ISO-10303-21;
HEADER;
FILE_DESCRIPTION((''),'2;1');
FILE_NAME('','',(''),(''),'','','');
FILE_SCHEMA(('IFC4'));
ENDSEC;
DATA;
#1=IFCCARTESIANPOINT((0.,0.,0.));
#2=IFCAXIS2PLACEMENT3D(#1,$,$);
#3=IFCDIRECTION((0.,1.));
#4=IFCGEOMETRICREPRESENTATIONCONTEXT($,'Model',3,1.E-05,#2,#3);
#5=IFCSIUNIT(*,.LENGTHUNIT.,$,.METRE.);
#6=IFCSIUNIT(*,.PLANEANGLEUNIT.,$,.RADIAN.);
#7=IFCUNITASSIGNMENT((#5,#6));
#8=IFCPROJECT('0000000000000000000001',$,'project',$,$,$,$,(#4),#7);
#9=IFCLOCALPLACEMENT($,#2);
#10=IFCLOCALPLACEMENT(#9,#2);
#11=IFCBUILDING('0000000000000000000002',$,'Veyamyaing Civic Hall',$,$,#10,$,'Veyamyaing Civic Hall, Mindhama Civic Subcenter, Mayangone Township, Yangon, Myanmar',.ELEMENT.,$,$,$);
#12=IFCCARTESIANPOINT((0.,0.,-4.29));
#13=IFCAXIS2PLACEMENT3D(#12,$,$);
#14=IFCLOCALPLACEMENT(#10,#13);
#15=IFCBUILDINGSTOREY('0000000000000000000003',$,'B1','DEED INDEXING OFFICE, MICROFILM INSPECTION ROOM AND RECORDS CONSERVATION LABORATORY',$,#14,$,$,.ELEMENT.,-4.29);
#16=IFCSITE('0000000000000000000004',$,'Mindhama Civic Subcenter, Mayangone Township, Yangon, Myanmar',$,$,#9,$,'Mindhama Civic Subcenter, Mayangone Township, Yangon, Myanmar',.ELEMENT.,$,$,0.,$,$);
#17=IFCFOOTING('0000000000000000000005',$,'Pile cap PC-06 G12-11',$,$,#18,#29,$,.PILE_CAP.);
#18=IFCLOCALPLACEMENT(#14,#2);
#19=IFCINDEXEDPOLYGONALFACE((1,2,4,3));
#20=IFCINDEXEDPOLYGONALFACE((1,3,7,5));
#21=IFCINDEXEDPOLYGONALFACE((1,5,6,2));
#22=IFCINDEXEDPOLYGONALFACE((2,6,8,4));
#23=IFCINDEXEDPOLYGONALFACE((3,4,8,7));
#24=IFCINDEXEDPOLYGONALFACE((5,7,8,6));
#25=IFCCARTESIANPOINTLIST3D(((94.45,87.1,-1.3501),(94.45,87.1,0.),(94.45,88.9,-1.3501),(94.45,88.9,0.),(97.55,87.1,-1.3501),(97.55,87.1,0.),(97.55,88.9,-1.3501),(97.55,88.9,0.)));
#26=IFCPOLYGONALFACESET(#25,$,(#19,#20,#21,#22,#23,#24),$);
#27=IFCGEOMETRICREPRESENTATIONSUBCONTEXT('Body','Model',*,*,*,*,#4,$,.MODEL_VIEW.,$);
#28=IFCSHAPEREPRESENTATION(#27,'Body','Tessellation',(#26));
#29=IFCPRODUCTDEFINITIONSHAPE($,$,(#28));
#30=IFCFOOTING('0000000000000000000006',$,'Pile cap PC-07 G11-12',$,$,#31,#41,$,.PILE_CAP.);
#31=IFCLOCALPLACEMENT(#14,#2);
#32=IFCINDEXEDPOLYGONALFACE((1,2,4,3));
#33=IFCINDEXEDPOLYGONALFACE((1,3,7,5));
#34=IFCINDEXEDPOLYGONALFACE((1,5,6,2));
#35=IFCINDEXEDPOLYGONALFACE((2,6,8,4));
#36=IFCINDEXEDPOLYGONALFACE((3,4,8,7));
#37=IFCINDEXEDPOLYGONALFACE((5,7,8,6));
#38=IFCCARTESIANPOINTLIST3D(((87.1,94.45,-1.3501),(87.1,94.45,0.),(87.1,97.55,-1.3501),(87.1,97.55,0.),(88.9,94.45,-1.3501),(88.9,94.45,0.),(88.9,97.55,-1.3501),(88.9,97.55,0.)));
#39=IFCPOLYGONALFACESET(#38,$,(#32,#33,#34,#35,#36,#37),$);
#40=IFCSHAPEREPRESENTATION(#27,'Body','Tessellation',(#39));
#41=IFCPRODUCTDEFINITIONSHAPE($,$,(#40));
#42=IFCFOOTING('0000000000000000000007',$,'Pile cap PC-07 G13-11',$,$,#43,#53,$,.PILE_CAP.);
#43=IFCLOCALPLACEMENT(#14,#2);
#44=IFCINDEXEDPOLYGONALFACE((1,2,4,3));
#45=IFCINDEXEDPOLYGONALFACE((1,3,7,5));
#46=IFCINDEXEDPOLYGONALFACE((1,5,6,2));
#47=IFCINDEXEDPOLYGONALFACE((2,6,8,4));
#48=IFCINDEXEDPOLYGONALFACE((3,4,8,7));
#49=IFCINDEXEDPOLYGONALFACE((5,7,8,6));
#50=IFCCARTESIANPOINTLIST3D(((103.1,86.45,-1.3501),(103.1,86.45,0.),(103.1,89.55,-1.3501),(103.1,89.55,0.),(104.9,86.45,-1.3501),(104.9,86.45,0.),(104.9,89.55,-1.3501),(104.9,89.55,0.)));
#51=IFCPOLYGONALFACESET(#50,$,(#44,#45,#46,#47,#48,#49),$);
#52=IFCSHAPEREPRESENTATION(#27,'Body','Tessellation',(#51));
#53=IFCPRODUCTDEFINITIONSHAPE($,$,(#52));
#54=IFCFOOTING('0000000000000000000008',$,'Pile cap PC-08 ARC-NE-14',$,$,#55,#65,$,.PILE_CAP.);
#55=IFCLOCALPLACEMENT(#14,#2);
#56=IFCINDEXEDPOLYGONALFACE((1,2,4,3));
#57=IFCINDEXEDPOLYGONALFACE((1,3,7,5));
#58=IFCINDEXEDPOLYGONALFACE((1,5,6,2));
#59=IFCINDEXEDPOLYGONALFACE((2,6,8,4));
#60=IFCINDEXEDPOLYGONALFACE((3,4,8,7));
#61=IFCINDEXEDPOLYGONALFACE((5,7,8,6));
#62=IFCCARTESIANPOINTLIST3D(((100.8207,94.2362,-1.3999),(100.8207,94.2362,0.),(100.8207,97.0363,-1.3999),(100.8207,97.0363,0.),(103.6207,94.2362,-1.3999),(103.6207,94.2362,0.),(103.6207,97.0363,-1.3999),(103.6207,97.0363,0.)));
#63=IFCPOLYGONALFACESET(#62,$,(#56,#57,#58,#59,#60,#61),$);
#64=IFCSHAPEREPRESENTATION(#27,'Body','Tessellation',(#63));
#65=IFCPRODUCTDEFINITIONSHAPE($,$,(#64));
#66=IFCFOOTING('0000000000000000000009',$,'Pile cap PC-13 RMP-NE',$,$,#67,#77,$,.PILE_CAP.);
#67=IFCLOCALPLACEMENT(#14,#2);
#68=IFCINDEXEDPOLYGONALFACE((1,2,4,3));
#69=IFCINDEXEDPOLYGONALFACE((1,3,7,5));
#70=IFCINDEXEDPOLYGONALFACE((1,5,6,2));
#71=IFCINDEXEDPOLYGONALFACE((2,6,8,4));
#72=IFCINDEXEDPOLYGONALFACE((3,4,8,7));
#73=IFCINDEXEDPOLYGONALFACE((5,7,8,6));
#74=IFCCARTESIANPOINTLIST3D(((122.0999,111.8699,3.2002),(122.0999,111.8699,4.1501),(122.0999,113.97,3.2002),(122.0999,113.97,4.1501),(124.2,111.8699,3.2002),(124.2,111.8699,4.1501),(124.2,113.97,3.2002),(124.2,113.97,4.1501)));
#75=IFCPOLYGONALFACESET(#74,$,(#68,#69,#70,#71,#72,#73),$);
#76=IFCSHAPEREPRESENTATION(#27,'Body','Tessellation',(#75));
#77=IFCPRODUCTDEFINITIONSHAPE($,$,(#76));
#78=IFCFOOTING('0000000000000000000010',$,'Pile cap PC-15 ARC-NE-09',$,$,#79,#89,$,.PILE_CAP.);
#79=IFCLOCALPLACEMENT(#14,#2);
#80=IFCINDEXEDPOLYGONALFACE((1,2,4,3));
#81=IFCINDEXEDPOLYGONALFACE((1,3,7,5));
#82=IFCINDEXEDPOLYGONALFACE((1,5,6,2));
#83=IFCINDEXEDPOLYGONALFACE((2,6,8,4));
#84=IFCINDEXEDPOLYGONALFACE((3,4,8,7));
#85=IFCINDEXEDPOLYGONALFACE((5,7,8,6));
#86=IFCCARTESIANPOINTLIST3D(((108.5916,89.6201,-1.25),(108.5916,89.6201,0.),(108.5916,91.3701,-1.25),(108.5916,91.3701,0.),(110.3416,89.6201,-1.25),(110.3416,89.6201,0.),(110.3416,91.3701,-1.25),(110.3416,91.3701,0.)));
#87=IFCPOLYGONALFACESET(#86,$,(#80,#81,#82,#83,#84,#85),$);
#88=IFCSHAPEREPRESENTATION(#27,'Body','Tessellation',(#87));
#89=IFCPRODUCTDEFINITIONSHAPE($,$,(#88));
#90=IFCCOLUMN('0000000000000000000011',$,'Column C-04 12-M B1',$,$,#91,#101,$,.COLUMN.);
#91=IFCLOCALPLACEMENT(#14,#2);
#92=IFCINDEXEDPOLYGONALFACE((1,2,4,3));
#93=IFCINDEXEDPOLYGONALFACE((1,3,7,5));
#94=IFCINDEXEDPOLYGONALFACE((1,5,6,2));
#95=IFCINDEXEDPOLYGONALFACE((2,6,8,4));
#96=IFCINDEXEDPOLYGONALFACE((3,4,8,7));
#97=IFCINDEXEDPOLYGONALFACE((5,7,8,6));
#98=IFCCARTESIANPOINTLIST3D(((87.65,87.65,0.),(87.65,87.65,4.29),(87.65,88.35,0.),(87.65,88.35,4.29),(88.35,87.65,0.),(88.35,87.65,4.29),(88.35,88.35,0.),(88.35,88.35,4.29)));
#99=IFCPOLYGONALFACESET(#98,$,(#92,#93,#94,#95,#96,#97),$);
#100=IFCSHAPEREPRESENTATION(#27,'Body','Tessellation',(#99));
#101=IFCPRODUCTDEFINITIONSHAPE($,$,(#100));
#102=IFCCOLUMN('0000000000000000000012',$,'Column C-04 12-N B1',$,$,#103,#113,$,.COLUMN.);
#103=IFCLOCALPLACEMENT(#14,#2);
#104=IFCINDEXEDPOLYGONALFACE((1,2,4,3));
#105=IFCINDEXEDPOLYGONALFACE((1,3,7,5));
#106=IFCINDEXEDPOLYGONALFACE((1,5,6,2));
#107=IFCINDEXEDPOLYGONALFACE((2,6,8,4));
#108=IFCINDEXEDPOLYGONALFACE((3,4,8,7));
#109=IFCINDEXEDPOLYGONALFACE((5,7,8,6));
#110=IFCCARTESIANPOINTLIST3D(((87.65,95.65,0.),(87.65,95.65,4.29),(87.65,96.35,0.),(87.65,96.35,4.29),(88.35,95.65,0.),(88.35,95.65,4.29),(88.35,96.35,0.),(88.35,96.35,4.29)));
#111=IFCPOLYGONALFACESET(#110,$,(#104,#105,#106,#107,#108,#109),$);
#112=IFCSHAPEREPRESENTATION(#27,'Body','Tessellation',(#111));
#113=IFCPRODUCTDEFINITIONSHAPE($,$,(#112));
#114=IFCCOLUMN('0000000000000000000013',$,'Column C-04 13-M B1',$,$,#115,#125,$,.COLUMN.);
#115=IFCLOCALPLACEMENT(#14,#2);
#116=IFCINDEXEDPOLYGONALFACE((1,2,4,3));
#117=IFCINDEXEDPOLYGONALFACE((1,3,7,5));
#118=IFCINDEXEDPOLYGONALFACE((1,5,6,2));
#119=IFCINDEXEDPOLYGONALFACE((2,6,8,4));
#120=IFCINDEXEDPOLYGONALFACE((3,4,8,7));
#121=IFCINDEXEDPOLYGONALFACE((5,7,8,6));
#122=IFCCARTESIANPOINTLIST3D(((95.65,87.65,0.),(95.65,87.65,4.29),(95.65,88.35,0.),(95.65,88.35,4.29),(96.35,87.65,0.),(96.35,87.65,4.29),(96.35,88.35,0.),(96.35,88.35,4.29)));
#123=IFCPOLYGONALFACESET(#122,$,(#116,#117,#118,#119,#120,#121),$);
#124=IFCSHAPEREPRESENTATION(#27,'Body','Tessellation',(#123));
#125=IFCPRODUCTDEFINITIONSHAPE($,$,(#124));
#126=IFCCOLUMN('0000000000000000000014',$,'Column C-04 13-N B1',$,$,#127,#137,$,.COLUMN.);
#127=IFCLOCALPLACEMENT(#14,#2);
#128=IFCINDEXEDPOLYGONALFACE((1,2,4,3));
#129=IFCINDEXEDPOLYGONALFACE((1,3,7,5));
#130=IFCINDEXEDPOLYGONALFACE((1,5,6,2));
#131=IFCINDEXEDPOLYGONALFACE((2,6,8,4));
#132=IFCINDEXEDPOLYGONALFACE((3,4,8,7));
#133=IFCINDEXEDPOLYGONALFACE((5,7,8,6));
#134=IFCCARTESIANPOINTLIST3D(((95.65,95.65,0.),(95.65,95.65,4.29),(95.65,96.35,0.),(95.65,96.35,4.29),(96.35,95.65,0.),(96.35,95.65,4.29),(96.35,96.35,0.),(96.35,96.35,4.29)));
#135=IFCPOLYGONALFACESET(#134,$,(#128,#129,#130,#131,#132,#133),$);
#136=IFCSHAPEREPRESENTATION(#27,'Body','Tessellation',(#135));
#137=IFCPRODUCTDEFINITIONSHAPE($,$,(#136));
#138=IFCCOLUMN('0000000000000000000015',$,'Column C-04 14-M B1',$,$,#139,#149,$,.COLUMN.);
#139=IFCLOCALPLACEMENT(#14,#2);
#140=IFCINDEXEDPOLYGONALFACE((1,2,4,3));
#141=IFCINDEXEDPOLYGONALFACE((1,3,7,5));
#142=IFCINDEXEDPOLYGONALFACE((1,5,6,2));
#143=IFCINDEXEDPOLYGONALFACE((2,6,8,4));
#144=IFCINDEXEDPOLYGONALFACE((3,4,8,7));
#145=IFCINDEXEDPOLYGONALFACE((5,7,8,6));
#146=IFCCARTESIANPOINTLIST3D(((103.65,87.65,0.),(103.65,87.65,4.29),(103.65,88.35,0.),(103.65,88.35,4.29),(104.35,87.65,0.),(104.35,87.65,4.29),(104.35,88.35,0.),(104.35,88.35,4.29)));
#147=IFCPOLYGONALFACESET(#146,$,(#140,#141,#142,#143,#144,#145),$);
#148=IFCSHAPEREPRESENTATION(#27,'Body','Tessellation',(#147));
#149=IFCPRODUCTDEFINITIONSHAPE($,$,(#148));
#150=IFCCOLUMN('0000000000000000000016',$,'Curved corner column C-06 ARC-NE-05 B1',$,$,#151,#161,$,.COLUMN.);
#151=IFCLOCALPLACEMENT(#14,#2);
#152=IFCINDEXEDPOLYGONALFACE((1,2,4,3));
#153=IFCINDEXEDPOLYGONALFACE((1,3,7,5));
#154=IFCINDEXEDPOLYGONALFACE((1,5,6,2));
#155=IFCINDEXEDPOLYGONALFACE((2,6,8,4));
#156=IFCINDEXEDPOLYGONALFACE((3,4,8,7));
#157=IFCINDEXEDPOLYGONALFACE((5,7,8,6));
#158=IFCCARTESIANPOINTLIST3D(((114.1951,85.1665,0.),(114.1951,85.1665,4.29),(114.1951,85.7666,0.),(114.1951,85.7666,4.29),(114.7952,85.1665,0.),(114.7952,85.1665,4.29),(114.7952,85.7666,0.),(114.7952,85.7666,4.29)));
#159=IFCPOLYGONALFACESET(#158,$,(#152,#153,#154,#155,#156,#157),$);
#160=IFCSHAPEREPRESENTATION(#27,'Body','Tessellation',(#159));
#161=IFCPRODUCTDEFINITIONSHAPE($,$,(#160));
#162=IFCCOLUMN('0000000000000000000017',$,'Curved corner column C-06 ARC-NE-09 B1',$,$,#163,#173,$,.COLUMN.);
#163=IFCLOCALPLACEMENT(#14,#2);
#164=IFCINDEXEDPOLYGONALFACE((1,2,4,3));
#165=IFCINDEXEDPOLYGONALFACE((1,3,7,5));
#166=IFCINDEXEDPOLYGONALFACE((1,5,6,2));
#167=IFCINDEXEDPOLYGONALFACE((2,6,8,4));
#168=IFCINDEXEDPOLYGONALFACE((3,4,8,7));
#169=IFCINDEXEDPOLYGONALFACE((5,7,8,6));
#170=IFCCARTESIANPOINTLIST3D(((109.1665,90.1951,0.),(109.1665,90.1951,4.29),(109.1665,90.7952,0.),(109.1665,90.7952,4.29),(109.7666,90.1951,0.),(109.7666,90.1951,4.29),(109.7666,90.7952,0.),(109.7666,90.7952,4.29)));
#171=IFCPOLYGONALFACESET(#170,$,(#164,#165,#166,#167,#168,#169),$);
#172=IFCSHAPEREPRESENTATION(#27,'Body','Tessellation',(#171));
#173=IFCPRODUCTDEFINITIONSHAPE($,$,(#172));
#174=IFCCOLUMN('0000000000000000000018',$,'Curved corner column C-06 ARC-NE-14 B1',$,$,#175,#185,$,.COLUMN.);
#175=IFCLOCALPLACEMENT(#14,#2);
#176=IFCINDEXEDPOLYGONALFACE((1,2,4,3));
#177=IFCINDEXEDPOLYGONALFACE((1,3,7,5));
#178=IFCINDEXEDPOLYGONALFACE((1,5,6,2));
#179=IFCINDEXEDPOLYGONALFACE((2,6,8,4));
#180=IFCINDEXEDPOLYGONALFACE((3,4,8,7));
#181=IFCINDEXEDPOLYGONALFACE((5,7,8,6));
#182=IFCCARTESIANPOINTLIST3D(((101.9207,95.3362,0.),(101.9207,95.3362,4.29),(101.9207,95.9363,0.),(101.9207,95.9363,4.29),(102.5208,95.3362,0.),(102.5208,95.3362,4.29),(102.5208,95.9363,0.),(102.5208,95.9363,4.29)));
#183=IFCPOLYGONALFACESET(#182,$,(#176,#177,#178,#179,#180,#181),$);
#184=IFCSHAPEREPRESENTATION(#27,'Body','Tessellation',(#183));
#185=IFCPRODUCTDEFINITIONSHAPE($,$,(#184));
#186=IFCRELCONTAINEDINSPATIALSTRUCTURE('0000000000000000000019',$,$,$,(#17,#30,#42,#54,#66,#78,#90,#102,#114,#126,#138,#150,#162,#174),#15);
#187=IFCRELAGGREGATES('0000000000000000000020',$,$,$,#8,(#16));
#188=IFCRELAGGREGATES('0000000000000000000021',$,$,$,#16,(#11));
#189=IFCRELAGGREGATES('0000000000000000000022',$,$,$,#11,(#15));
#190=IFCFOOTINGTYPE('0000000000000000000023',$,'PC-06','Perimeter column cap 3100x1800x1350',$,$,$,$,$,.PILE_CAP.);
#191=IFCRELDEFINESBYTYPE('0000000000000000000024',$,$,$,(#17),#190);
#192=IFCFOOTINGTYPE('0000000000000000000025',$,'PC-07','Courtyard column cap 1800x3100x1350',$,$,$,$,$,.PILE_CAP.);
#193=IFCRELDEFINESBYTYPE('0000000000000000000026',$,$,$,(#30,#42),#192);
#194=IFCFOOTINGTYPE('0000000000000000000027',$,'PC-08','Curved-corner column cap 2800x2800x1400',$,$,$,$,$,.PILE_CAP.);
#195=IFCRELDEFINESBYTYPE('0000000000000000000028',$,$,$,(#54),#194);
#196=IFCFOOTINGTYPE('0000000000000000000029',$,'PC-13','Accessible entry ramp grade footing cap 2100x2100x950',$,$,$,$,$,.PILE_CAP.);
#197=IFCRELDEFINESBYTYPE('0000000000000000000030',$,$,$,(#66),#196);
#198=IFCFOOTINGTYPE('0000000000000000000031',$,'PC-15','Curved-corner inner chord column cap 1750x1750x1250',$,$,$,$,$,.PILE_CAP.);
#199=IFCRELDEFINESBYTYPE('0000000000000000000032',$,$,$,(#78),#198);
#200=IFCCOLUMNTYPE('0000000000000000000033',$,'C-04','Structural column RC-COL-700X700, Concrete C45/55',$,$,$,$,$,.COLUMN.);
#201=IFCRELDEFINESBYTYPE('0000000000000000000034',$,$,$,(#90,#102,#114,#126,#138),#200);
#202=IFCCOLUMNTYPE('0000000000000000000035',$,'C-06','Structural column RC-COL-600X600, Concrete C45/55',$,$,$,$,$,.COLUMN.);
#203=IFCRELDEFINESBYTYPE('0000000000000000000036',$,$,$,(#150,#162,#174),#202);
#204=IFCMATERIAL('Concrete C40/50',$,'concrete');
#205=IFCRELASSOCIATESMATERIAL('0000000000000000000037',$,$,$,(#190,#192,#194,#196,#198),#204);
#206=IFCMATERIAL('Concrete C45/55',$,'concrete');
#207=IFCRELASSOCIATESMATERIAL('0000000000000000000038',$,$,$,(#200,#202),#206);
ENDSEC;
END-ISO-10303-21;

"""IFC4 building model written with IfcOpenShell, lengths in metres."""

from ifc_helpers import new_model, si_unit, direction, frame, origin, origin_2d, place, context, subcontext, project, spatial, rectangle, extrude, material, material_profile, profile_set, type_object, element, save


model = new_model("IFC4")

# Units and contexts
model_context = context("Model", 3, precision=1e-05, world=origin(), true_north=direction((0.0, 1.0)))
body_context = subcontext(model_context, "Body", "Model", "MODEL_VIEW")
ifc_project = project(units=[si_unit("LENGTHUNIT", "METRE"), si_unit("PLANEANGLEUNIT", "RADIAN")], contexts=[model_context])

# Site, building, storey
site_placement = place(None, origin())
site = spatial("IfcSite", under=ifc_project, at=site_placement, Name="Mindhama Civic Subcenter, Mayangone Township, Yangon, Myanmar", LongName="Mindhama Civic Subcenter, Mayangone Township, Yangon, Myanmar", CompositionType="ELEMENT", RefElevation=0.0)
building_placement = place(site_placement, origin())
building = spatial("IfcBuilding", under=site, at=building_placement, Name="Veyamyaing Civic Hall", LongName="Veyamyaing Civic Hall, Mindhama Civic Subcenter, Mayangone Township, Yangon, Myanmar", CompositionType="ELEMENT")
storey_placement = place(building_placement, frame((0.0, 0.0, -4.29)))
storey = spatial("IfcBuildingStorey", under=building, at=storey_placement, Name="B1", Description="DEED INDEXING OFFICE, MICROFILM INSPECTION ROOM AND RECORDS CONSERVATION LABORATORY", CompositionType="ELEMENT", Elevation=-4.29)

# Shared definitions
ifc_material_1 = material(Name="Concrete C40/50", Category="concrete")

# Footings
footing_type_1 = type_object("IfcFootingType", Name="PC-06", Description="Perimeter column cap 3100x1800x1350", PredefinedType="PILE_CAP", material=ifc_material_1)
footing_1_placement = place(storey_placement, frame((96.0, 88.0, -1.3501), z_axis=(0.0, 0.0, 1.0), x_axis=(1.0, 0.0, 0.0)))
element("IfcFooting", 1, at=footing_1_placement, inside=storey, type_object=footing_type_1, Name="Pile cap PC-06 G12-11", PredefinedType="PILE_CAP", context=body_context, shape_type="SweptSolid", body=[
    extrude(rectangle(XDim=3.1001, YDim=1.8, at=origin_2d()), origin(), (0.0, 0.0, 1.0), 1.3501),
])
footing_type_2 = type_object("IfcFootingType", Name="PC-07", Description="Courtyard column cap 1800x3100x1350", PredefinedType="PILE_CAP", material=ifc_material_1)
for number, where, z_axis, x_axis, name in (
    (2, (88.0, 96.0, -1.3501), (0.0, 0.0, 1.0), (1.0, 0.0, 0.0), "Pile cap PC-07 G11-12"),
    (3, (104.0, 88.0, -1.3501), (0.0, 0.0, 1.0), (1.0, 0.0, 0.0), "Pile cap PC-07 G13-11"),
):
    element("IfcFooting", number, at=place(storey_placement, frame(where, z_axis=z_axis, x_axis=x_axis)), inside=storey, type_object=footing_type_2, Name=name, PredefinedType="PILE_CAP", context=body_context, shape_type="SweptSolid", body=[
        extrude(rectangle(XDim=1.8, YDim=3.1001, at=origin_2d()), origin(), (0.0, 0.0, 1.0), 1.3501),
    ])
footing_type_3 = type_object("IfcFootingType", Name="PC-08", Description="Curved-corner column cap 2800x2800x1400", PredefinedType="PILE_CAP", material=ifc_material_1)
footing_2_placement = place(storey_placement, frame((102.2207, 95.6362, -1.3999), z_axis=(0.0, 0.0, 1.0), x_axis=(1.0, 0.0, 0.0)))
element("IfcFooting", 4, at=footing_2_placement, inside=storey, type_object=footing_type_3, Name="Pile cap PC-08 ARC-NE-14", PredefinedType="PILE_CAP", context=body_context, shape_type="SweptSolid", body=[
    extrude(rectangle(XDim=2.8, YDim=2.8, at=origin_2d()), origin(), (0.0, 0.0, 1.0), 1.3999),
])
footing_type_4 = type_object("IfcFootingType", Name="PC-13", Description="Accessible entry ramp grade footing cap 2100x2100x950", PredefinedType="PILE_CAP", material=ifc_material_1)
footing_3_placement = place(storey_placement, frame((123.1499, 112.9199, 3.2002), z_axis=(0.0, 0.0, 1.0), x_axis=(1.0, 0.0, 0.0)))
element("IfcFooting", 5, at=footing_3_placement, inside=storey, type_object=footing_type_4, Name="Pile cap PC-13 RMP-NE", PredefinedType="PILE_CAP", context=body_context, shape_type="SweptSolid", body=[
    extrude(rectangle(XDim=2.1001, YDim=2.1001, at=origin_2d()), origin(), (0.0, 0.0, 1.0), 0.95),
])
footing_type_5 = type_object("IfcFootingType", Name="PC-15", Description="Curved-corner inner chord column cap 1750x1750x1250", PredefinedType="PILE_CAP", material=ifc_material_1)
footing_4_placement = place(storey_placement, frame((109.4666, 90.4951, -1.25), z_axis=(0.0, 0.0, 1.0), x_axis=(1.0, 0.0, 0.0)))
element("IfcFooting", 6, at=footing_4_placement, inside=storey, type_object=footing_type_5, Name="Pile cap PC-15 ARC-NE-09", PredefinedType="PILE_CAP", context=body_context, shape_type="SweptSolid", body=[
    extrude(rectangle(XDim=1.75, YDim=1.75, at=origin_2d()), origin(), (0.0, 0.0, 1.0), 1.25),
])

# Columns
ifc_material_2 = material(Name="Concrete C45/55", Category="concrete")
ifc_material_profile_1 = material_profile(ifc_material_2, rectangle(XDim=0.7, YDim=0.7, at=origin_2d()), Name="RC-COL-700X700")
ifc_profile_set_1 = profile_set([ifc_material_profile_1], Name="Concrete C45/55")
column_type_1 = type_object("IfcColumnType", Name="C-04", Description="Structural column RC-COL-700X700, Concrete C45/55", PredefinedType="COLUMN", material=ifc_profile_set_1)
for number, where, z_axis, x_axis, name in (
    (7, (88.0, 88.0, 0.0), (0.0, 0.0, 1.0), (1.0, 0.0, 0.0), "Column C-04 12-M B1"),
    (8, (88.0, 96.0, 0.0), (0.0, 0.0, 1.0), (1.0, 0.0, 0.0), "Column C-04 12-N B1"),
    (9, (96.0, 88.0, 0.0), (0.0, 0.0, 1.0), (1.0, 0.0, 0.0), "Column C-04 13-M B1"),
    (10, (96.0, 96.0, 0.0), (0.0, 0.0, 1.0), (1.0, 0.0, 0.0), "Column C-04 13-N B1"),
    (11, (104.0, 88.0, 0.0), (0.0, 0.0, 1.0), (1.0, 0.0, 0.0), "Column C-04 14-M B1"),
):
    element("IfcColumn", number, at=place(storey_placement, frame(where, z_axis=z_axis, x_axis=x_axis)), inside=storey, type_object=column_type_1, Name=name, PredefinedType="COLUMN", context=body_context, shape_type="SweptSolid", body=[
        extrude(rectangle(XDim=0.7, YDim=0.7, at=origin_2d()), origin(), (0.0, 0.0, 1.0), 4.29),
    ])
ifc_material_profile_2 = material_profile(ifc_material_2, rectangle(XDim=0.6001, YDim=0.6001, at=origin_2d()), Name="RC-COL-600X600")
ifc_profile_set_2 = profile_set([ifc_material_profile_2], Name="Concrete C45/55")
column_type_2 = type_object("IfcColumnType", Name="C-06", Description="Structural column RC-COL-600X600, Concrete C45/55", PredefinedType="COLUMN", material=ifc_profile_set_2)
for number, where, z_axis, x_axis, name in (
    (12, (114.4951, 85.4666, 0.0), (0.0, 0.0, 1.0), (1.0, 0.0, 0.0), "Curved corner column C-06 ARC-NE-05 B1"),
    (13, (109.4666, 90.4951, 0.0), (0.0, 0.0, 1.0), (1.0, 0.0, 0.0), "Curved corner column C-06 ARC-NE-09 B1"),
    (14, (102.2207, 95.6362, 0.0), (0.0, 0.0, 1.0), (1.0, 0.0, 0.0), "Curved corner column C-06 ARC-NE-14 B1"),
):
    element("IfcColumn", number, at=place(storey_placement, frame(where, z_axis=z_axis, x_axis=x_axis)), inside=storey, type_object=column_type_2, Name=name, PredefinedType="COLUMN", context=body_context, shape_type="SweptSolid", body=[
        extrude(rectangle(XDim=0.6001, YDim=0.6001, at=origin_2d()), origin(), (0.0, 0.0, 1.0), 4.29),
    ])

save(model, "model.ifc")
